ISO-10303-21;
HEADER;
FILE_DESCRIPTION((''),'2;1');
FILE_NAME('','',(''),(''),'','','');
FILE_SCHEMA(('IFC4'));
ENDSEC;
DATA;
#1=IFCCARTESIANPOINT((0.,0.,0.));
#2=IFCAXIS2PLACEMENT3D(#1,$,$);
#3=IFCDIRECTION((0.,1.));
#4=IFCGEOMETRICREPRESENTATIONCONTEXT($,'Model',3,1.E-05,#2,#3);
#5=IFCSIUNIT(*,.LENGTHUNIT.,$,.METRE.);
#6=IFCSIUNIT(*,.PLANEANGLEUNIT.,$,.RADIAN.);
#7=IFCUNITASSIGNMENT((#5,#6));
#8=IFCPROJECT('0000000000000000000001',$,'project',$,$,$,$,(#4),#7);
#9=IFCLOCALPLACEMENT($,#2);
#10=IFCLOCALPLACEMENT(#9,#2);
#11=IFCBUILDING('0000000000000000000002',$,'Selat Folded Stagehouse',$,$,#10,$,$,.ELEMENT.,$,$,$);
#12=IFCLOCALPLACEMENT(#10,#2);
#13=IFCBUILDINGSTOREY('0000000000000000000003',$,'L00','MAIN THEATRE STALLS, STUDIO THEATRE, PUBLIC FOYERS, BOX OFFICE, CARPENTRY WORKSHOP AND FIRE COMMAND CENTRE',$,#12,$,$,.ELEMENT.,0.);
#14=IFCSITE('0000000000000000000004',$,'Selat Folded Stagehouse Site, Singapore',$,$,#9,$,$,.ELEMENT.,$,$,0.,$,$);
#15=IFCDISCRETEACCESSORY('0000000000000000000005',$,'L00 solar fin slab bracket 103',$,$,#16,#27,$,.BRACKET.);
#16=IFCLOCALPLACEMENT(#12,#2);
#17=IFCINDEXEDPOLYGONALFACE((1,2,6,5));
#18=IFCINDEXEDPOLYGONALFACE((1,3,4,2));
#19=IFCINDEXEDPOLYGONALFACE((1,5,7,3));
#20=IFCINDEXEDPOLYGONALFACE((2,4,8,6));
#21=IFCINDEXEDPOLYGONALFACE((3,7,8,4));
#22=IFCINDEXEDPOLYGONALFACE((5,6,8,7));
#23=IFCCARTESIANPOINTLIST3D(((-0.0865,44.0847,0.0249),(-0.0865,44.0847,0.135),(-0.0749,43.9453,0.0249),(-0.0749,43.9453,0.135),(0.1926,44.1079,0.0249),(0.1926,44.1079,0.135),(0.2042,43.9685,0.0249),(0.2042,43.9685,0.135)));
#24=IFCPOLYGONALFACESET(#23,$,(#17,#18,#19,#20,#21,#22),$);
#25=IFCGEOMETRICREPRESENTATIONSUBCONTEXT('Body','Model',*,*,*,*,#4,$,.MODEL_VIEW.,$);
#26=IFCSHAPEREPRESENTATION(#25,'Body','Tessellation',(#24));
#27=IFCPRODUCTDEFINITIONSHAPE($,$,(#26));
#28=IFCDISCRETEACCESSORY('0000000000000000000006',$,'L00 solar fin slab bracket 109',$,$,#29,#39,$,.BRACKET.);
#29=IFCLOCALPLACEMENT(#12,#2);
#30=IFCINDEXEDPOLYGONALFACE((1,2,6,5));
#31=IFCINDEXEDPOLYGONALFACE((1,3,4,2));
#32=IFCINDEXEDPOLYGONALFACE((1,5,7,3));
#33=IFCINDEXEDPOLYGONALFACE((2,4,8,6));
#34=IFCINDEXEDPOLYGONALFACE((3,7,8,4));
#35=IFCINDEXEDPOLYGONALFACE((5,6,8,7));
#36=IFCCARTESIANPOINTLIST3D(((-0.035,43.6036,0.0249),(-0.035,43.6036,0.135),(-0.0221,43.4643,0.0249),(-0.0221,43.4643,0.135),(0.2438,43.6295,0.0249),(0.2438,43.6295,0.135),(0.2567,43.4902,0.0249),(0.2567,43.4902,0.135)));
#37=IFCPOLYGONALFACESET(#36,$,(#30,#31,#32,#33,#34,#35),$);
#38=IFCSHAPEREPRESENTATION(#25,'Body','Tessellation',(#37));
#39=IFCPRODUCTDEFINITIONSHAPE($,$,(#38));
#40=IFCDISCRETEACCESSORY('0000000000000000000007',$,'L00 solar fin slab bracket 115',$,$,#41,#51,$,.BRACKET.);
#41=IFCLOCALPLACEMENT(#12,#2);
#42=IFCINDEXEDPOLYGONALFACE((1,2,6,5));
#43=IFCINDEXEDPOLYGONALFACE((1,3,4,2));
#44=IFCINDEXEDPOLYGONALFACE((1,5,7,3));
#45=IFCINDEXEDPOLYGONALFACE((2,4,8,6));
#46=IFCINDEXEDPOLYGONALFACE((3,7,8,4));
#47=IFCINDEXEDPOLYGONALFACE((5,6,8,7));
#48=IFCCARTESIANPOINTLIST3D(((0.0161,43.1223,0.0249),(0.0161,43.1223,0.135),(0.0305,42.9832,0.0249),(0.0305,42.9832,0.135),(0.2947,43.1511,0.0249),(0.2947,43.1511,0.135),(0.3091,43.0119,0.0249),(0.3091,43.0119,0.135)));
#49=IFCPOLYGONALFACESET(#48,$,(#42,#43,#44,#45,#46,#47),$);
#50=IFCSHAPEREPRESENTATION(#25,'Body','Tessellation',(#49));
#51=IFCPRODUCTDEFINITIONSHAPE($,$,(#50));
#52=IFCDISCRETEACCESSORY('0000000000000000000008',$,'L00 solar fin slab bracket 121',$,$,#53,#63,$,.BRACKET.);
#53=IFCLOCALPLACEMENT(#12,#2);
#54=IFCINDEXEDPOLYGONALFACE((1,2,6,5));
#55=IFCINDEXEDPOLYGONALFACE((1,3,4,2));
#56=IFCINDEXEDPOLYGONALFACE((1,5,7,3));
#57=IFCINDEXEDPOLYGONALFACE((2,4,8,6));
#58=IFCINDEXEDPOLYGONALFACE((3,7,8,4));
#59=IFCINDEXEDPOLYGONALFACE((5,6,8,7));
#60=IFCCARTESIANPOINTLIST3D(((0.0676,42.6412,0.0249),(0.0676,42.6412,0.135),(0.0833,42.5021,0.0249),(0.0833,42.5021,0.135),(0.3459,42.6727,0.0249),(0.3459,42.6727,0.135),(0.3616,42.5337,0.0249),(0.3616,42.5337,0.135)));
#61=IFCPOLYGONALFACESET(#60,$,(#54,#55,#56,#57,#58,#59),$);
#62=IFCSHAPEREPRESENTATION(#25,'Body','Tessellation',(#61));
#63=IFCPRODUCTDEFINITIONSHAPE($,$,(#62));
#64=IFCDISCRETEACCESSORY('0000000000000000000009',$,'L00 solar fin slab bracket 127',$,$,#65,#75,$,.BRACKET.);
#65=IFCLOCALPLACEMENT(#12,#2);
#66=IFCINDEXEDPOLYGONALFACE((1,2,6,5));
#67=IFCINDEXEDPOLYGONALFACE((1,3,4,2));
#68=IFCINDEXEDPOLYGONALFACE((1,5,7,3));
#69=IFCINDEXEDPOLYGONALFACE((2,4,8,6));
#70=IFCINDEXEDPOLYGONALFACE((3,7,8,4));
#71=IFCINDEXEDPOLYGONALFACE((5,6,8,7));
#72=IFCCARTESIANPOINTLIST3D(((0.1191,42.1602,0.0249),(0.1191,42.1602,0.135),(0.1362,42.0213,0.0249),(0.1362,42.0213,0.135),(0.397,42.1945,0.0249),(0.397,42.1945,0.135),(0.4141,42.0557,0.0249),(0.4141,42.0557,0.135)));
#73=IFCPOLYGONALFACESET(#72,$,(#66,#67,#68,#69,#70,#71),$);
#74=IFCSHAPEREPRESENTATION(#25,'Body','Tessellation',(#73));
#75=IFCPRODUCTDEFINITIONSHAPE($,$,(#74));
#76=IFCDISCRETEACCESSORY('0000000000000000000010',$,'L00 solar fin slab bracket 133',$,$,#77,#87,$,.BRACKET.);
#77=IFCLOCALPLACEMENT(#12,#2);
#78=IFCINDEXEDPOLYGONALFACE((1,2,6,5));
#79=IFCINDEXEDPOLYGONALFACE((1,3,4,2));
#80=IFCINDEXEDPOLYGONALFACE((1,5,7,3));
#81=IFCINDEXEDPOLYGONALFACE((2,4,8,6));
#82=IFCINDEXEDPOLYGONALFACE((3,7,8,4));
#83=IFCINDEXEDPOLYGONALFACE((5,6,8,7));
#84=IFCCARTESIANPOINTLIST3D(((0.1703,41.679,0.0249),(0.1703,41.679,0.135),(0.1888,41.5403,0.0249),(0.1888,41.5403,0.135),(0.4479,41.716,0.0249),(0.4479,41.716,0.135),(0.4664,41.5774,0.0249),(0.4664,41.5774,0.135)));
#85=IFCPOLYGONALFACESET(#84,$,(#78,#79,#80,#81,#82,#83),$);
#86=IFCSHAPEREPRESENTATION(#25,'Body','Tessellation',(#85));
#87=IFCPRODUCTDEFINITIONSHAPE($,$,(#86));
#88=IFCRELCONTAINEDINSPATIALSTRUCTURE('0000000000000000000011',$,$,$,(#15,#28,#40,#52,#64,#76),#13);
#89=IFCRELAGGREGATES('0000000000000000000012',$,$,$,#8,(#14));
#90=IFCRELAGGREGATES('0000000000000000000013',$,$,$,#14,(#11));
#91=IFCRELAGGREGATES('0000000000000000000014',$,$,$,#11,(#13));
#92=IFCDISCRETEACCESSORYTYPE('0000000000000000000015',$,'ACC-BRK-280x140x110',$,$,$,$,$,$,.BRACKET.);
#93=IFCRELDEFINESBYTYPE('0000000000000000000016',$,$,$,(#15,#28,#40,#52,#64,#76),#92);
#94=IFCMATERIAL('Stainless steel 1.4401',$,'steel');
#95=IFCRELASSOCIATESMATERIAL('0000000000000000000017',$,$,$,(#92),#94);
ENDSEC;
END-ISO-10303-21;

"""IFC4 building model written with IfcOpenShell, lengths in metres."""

from ifc_helpers import new_model, si_unit, direction, frame, origin, origin_2d, place, context, subcontext, project, spatial, rectangle, extrude, material, type_object, element, save


model = new_model("IFC4")

# Units and contexts
model_context = context("Model", 3, precision=1e-05, world=origin(), true_north=direction((0.0, 1.0)))
body_context = subcontext(model_context, "Body", "Model", "MODEL_VIEW")
ifc_project = project(units=[si_unit("LENGTHUNIT", "METRE"), si_unit("PLANEANGLEUNIT", "RADIAN")], contexts=[model_context])

# Site, building, storey
site_placement = place(None, origin())
site = spatial("IfcSite", under=ifc_project, at=site_placement, Name="Selat Folded Stagehouse Site, Singapore", CompositionType="ELEMENT", RefElevation=0.0)
building_placement = place(site_placement, origin())
building = spatial("IfcBuilding", under=site, at=building_placement, Name="Selat Folded Stagehouse", CompositionType="ELEMENT")
storey_placement = place(building_placement, origin())
storey = spatial("IfcBuildingStorey", under=building, at=storey_placement, Name="L00", Description="MAIN THEATRE STALLS, STUDIO THEATRE, PUBLIC FOYERS, BOX OFFICE, CARPENTRY WORKSHOP AND FIRE COMMAND CENTRE", CompositionType="ELEMENT", Elevation=0.0)

# Discrete accessories
ifc_material_1 = material(Name="Stainless steel 1.4401", Category="steel")
discrete_accessory_type = type_object("IfcDiscreteAccessoryType", Name="ACC-BRK-280x140x110", PredefinedType="BRACKET", material=ifc_material_1)
for number, where, z_axis, x_axis, name in (
    (1, (0.0588, 44.0266, 0.0249), (0.0, 0.0, 1.0), (-0.99658, -0.082634, 0.0), "L00 solar fin slab bracket 103"),
    (2, (0.1108, 43.5469, 0.0249), (0.0, 0.0, 1.0), (-0.995709, -0.092544, 0.0), "L00 solar fin slab bracket 109"),
    (3, (0.1626, 43.0671, 0.0249), (0.0, 0.0, 1.0), (-0.994721, -0.102619, 0.0), "L00 solar fin slab bracket 115"),
    (4, (0.2146, 42.5874, 0.0249), (0.0, 0.0, 1.0), (-0.993651, -0.11251, 0.0), "L00 solar fin slab bracket 121"),
    (5, (0.2666, 42.1079, 0.0249), (0.0, 0.0, 1.0), (-0.992461, -0.122562, 0.0), "L00 solar fin slab bracket 127"),
    (6, (0.3184, 41.6282, 0.0249), (0.0, 0.0, 1.0), (-0.991192, -0.132429, 0.0), "L00 solar fin slab bracket 133"),
):
    element("IfcDiscreteAccessory", number, at=place(storey_placement, frame(where, z_axis=z_axis, x_axis=x_axis)), inside=storey, type_object=discrete_accessory_type, Name=name, PredefinedType="BRACKET", context=body_context, shape_type="SweptSolid", body=[
        extrude(rectangle(XDim=0.28, YDim=0.1399, at=origin_2d()), origin(), (0.0, 0.0, 1.0), 0.1101),
    ])

save(model, "model.ifc")
